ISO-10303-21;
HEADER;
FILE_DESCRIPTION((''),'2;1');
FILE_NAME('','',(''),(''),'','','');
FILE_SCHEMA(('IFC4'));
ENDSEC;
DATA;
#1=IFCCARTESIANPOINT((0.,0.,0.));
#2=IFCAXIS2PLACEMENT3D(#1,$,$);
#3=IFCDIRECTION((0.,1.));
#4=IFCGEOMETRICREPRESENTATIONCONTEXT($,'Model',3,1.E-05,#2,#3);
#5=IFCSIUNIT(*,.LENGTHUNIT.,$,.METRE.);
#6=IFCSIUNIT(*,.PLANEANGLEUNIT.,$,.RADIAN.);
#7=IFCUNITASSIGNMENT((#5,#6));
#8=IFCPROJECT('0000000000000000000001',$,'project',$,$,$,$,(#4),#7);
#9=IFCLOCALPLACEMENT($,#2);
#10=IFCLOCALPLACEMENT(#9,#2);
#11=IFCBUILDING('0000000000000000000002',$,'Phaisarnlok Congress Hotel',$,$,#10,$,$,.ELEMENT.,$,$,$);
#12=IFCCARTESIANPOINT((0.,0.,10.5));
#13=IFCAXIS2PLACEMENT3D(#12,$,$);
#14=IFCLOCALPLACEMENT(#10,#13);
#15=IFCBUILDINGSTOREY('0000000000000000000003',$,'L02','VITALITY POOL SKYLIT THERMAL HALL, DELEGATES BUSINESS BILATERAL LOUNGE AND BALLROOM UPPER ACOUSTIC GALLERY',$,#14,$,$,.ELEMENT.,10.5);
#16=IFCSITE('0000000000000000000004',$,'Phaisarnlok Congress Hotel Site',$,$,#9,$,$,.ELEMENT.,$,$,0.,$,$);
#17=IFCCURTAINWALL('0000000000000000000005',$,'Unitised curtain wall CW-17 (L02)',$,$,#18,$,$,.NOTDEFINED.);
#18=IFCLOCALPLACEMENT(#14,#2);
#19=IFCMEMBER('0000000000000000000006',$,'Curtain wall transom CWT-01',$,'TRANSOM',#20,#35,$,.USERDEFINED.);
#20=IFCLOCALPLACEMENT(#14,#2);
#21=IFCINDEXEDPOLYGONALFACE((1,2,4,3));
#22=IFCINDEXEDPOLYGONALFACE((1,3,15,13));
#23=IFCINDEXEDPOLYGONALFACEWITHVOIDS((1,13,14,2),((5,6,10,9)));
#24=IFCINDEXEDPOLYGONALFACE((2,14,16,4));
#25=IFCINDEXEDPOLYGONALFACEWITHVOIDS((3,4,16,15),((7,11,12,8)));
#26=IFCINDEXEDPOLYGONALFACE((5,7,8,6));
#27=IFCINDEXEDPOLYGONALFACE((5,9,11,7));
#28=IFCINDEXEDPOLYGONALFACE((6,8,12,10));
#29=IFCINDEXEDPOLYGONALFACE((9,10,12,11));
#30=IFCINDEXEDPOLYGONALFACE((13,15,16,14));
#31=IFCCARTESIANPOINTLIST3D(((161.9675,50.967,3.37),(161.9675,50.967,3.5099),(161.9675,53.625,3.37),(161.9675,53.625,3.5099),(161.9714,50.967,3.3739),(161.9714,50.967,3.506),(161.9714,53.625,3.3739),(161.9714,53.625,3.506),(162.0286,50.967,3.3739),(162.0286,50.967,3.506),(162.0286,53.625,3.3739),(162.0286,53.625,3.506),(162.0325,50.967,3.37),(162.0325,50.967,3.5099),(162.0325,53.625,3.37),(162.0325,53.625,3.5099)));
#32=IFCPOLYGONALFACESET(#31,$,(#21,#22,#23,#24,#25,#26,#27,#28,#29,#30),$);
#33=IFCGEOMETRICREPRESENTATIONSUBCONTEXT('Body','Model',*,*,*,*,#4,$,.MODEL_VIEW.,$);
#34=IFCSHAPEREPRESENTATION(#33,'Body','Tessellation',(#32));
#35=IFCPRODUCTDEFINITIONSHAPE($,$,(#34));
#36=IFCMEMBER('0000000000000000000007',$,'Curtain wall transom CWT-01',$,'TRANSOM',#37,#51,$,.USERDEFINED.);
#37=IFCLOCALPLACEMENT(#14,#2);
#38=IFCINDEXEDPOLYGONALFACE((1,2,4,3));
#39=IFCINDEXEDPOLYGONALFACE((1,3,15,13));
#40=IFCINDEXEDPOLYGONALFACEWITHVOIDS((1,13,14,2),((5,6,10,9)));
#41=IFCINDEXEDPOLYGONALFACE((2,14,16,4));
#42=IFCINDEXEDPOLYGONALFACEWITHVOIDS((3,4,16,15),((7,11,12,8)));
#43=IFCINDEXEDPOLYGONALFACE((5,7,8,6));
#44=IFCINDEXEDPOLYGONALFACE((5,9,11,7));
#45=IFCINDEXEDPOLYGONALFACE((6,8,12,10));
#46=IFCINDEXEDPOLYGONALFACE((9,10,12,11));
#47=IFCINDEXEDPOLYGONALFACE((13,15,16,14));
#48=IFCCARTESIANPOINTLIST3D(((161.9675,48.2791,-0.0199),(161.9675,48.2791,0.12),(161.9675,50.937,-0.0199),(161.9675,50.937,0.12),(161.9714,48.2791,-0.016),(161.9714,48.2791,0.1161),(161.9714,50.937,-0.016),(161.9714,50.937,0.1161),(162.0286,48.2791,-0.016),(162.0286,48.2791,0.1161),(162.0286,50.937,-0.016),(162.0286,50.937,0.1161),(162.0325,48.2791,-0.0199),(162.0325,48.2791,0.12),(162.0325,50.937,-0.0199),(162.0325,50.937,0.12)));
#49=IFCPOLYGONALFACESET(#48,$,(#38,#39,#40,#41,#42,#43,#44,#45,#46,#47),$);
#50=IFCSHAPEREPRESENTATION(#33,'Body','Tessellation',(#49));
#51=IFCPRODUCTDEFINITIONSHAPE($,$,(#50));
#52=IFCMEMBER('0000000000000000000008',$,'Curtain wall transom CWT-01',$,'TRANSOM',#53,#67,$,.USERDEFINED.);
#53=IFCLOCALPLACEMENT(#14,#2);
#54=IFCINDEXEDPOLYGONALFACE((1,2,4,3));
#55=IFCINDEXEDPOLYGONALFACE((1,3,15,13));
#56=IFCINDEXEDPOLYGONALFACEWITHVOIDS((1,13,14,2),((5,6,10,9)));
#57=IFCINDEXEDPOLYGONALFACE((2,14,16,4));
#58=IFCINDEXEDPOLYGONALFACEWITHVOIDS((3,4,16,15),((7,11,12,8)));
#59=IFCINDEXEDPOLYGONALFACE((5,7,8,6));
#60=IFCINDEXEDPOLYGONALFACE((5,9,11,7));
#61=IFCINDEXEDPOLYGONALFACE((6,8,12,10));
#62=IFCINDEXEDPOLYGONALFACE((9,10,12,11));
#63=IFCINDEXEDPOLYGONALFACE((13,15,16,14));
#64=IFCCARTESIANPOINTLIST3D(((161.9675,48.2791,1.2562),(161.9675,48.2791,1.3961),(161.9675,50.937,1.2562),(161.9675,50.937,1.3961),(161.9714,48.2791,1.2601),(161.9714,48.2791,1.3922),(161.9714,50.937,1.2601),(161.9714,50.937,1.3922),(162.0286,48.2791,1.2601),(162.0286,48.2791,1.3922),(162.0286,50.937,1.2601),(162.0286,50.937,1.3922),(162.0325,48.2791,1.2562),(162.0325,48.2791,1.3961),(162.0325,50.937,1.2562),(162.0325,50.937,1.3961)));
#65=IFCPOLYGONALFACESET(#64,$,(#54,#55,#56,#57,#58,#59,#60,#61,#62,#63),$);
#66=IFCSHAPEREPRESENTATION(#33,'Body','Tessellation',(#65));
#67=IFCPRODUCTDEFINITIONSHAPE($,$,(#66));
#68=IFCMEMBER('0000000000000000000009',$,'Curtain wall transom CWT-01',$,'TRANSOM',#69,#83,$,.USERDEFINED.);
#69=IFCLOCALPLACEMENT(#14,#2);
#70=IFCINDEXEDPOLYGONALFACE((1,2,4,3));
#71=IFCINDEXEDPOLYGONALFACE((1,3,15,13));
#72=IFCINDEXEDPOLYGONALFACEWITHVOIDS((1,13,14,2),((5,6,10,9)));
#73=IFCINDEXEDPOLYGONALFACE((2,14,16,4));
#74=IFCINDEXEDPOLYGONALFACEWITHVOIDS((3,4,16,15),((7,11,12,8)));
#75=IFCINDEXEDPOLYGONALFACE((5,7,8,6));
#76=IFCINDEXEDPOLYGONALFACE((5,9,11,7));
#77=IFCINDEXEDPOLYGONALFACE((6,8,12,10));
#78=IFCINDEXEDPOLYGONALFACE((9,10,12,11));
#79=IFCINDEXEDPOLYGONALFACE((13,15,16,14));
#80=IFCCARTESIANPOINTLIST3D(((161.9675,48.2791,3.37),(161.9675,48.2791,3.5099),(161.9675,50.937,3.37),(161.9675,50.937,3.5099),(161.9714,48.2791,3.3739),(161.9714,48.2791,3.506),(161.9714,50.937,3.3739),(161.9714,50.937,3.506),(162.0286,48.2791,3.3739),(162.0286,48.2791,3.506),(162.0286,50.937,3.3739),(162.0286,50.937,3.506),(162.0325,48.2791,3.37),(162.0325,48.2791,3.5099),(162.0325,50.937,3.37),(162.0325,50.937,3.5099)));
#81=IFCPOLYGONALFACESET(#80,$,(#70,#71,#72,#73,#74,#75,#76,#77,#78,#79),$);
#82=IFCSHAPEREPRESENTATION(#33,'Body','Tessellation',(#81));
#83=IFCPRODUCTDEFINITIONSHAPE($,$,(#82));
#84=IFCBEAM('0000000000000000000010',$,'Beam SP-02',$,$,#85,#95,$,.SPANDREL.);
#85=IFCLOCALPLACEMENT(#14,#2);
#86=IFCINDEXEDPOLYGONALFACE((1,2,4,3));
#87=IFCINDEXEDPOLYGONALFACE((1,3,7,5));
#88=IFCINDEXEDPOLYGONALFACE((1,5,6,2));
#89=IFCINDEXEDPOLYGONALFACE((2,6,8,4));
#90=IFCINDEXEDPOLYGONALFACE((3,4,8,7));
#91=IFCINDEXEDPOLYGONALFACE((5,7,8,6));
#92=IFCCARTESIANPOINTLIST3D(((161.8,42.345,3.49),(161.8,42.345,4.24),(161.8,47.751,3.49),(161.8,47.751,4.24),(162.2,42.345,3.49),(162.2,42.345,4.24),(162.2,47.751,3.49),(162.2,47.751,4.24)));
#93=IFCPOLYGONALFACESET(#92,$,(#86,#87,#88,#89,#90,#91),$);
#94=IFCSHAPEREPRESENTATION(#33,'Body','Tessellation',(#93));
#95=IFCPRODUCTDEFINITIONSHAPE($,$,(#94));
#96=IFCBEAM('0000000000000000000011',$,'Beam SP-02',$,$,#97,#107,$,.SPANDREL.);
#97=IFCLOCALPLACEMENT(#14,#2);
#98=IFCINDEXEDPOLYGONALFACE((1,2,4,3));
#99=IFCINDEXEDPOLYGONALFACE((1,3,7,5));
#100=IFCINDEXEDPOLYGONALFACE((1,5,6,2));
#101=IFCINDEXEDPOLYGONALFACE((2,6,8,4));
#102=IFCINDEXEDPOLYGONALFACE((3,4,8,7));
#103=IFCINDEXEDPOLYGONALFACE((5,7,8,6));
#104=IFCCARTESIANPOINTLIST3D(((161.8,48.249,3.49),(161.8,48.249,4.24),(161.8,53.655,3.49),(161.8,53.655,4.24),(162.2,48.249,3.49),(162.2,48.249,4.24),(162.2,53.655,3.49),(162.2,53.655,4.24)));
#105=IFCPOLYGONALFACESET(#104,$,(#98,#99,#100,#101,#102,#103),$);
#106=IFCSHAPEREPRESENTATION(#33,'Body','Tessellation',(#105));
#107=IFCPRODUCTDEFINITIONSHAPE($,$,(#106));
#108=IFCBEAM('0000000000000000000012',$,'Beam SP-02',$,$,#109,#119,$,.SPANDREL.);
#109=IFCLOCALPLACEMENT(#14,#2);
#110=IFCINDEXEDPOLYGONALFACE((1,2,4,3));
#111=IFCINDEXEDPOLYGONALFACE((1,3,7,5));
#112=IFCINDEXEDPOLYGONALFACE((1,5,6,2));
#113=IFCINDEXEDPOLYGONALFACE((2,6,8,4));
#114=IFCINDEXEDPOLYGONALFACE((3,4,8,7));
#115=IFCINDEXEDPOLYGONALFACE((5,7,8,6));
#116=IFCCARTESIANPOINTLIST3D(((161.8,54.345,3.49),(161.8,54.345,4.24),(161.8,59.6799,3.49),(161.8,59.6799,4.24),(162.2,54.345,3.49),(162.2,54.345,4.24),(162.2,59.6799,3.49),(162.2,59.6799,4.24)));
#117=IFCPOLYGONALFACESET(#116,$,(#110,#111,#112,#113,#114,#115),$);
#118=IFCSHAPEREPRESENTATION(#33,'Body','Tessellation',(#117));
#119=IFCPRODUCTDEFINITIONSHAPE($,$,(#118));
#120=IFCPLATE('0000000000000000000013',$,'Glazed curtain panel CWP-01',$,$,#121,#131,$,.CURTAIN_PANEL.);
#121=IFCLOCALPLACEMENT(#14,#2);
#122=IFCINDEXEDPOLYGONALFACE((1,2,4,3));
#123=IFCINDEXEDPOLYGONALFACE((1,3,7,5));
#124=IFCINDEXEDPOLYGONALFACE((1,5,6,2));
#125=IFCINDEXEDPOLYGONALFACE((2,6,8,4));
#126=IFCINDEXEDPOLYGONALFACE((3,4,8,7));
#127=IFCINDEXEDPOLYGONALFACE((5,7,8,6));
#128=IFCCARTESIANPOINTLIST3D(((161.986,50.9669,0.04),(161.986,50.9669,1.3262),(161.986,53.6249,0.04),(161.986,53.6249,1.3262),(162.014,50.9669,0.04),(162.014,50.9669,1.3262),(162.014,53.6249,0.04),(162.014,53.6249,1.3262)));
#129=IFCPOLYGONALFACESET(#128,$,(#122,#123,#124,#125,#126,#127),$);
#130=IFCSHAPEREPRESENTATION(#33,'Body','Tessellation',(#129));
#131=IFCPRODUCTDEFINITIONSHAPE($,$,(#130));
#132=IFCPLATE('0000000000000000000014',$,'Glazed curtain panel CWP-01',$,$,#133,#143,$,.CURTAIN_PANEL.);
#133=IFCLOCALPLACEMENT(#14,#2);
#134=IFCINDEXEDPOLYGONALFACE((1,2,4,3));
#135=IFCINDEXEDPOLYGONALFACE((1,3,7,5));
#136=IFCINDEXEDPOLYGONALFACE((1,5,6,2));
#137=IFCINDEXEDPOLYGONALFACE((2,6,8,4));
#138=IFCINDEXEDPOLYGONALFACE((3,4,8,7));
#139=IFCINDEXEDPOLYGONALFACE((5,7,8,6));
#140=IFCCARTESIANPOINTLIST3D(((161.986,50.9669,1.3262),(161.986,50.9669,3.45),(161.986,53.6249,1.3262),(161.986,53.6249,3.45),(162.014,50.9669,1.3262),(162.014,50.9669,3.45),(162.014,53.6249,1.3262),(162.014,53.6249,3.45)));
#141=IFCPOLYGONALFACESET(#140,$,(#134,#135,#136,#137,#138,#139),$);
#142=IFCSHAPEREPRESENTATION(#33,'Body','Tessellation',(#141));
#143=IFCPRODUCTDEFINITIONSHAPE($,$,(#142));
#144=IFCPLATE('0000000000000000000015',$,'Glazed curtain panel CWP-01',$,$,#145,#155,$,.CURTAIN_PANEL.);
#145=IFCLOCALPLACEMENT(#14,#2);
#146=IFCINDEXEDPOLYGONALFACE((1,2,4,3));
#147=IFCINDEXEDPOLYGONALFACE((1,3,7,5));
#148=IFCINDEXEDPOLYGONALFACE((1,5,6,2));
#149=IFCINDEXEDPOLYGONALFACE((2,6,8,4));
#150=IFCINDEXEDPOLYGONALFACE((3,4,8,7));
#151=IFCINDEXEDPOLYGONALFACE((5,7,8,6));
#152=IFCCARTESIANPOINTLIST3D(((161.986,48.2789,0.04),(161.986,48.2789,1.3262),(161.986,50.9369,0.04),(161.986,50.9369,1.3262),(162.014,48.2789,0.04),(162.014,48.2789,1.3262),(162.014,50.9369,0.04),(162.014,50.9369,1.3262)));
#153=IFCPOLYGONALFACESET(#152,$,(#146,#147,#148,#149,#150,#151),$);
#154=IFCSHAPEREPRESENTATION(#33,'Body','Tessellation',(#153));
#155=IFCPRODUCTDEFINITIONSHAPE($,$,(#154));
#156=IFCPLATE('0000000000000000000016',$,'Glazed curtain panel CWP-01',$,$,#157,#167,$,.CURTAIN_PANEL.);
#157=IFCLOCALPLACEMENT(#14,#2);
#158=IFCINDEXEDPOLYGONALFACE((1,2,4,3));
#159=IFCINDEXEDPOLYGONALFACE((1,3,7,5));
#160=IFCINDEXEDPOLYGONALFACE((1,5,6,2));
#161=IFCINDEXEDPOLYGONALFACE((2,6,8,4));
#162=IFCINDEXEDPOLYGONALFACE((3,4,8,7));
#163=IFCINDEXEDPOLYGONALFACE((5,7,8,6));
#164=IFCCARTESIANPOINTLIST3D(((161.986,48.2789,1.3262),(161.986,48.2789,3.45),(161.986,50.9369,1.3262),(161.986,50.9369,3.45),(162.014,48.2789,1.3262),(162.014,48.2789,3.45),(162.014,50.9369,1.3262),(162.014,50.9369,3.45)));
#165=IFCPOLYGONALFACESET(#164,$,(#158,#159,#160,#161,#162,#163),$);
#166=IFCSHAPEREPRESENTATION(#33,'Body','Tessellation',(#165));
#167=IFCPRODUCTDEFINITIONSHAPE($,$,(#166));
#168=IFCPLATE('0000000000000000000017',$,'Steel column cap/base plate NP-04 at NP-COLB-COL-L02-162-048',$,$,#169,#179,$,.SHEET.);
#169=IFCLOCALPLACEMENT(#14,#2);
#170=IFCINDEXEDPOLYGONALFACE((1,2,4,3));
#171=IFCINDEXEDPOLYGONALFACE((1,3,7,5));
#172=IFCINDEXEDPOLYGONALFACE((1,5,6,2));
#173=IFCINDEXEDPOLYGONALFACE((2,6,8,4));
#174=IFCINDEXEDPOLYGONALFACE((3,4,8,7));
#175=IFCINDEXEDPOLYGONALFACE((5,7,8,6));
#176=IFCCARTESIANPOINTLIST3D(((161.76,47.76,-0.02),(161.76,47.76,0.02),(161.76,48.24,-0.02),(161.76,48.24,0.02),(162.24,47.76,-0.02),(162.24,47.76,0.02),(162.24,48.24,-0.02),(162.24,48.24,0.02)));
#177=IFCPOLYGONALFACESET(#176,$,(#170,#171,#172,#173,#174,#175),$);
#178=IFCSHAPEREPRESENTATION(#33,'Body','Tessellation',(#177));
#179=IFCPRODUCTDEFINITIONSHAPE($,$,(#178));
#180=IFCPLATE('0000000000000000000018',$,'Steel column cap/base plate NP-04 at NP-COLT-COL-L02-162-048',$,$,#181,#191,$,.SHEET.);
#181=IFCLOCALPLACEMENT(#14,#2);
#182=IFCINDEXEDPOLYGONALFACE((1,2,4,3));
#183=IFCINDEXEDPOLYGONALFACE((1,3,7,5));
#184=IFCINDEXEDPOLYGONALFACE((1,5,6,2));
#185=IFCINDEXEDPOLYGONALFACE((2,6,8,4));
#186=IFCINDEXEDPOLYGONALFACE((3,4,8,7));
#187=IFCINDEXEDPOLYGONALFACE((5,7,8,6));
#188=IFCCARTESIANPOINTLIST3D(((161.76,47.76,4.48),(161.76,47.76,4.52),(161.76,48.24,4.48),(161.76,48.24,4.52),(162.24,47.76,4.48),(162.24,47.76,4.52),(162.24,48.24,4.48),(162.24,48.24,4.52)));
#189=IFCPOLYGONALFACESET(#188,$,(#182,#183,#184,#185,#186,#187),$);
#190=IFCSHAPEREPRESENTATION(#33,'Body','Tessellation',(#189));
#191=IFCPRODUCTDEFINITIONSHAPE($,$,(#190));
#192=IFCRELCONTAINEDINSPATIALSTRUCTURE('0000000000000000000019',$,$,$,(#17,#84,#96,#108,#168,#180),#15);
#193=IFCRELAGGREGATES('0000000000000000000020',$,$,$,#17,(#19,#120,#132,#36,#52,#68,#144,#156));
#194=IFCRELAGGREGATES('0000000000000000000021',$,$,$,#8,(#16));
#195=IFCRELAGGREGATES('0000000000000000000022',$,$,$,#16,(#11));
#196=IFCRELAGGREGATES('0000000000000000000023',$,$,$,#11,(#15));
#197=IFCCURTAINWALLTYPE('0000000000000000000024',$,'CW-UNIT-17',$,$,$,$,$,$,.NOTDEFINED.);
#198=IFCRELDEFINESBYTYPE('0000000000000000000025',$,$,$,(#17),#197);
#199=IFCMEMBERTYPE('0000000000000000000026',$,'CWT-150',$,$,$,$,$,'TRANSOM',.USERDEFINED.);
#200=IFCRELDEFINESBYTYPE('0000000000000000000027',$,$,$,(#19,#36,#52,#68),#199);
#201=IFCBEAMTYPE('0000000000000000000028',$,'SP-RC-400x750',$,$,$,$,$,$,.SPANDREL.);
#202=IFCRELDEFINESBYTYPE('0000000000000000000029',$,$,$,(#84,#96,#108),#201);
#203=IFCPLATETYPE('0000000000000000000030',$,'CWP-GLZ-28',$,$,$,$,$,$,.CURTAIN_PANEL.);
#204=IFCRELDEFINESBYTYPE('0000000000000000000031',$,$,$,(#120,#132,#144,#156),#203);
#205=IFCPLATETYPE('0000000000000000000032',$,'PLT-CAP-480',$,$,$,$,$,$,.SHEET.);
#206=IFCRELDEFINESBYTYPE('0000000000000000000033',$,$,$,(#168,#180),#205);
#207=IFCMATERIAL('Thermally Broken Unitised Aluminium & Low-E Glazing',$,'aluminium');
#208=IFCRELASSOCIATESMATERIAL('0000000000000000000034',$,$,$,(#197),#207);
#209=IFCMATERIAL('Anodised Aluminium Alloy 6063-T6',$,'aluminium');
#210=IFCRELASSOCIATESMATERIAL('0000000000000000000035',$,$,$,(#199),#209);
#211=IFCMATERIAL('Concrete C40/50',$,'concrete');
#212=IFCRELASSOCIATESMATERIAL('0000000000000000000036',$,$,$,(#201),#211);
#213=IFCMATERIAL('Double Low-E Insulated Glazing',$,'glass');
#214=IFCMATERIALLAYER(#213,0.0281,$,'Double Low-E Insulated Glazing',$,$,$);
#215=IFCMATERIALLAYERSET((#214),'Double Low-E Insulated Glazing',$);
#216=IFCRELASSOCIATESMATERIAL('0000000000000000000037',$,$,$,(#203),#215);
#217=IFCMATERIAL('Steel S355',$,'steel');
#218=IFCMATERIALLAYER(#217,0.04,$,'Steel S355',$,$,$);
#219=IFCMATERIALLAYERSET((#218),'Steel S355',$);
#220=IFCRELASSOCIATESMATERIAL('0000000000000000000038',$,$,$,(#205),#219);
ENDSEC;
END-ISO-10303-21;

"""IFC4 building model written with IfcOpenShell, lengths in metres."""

from ifc_helpers import new_model, si_unit, direction, frame, frame_2d, origin, origin_2d, place, context, subcontext, project, spatial, rectangle, hollow_rectangle, extrude, material, layer, layer_set, material_profile, profile_set, type_object, element, aggregate, save


model = new_model("IFC4")

# Units and contexts
model_context = context("Model", 3, precision=1e-05, world=origin(), true_north=direction((0.0, 1.0)))
body_context = subcontext(model_context, "Body", "Model", "MODEL_VIEW")
ifc_project = project(units=[si_unit("LENGTHUNIT", "METRE"), si_unit("PLANEANGLEUNIT", "RADIAN")], contexts=[model_context])

# Site, building, storey
site_placement = place(None, origin())
site = spatial("IfcSite", under=ifc_project, at=site_placement, Name="Phaisarnlok Congress Hotel Site", CompositionType="ELEMENT", RefElevation=0.0)
building_placement = place(site_placement, origin())
building = spatial("IfcBuilding", under=site, at=building_placement, Name="Phaisarnlok Congress Hotel", CompositionType="ELEMENT")
storey_placement = place(building_placement, frame((0.0, 0.0, 10.5)))
storey = spatial("IfcBuildingStorey", under=building, at=storey_placement, Name="L02", Description="VITALITY POOL SKYLIT THERMAL HALL, DELEGATES BUSINESS BILATERAL LOUNGE AND BALLROOM UPPER ACOUSTIC GALLERY", CompositionType="ELEMENT", Elevation=10.5)

# Shared definitions
ifc_material_1 = material(Name="Steel S355", Category="steel")

# Shared definitions
ifc_material_2 = material(Name="Concrete C40/50", Category="concrete")

# Curtain wall, members
ifc_material_3 = material(Name="Thermally Broken Unitised Aluminium & Low-E Glazing", Category="aluminium")
curtain_wall_type = type_object("IfcCurtainWallType", Name="CW-UNIT-17", PredefinedType="NOTDEFINED", material=ifc_material_3)
curtain_wall_placement = place(storey_placement, origin())
curtain_wall = element("IfcCurtainWall", 1, at=curtain_wall_placement, inside=storey, type_object=curtain_wall_type, Name="Unitised curtain wall CW-17 (L02)", PredefinedType="NOTDEFINED")
ifc_material_4 = material(Name="Anodised Aluminium Alloy 6063-T6", Category="aluminium")
ifc_material_profile_1 = material_profile(ifc_material_4, hollow_rectangle(XDim=0.0649, YDim=0.1399, WallThickness=0.0039, at=origin_2d()), Name="ALU-T 65x140x4")
ifc_profile_set_1 = profile_set([ifc_material_profile_1], Name="Anodised Aluminium Alloy 6063-T6")
member_type_1 = type_object("IfcMemberType", Name="CWT-150", ElementType="TRANSOM", PredefinedType="USERDEFINED", material=ifc_profile_set_1)
member_1_placement = place(storey_placement, frame((162.0, 53.625, 3.4399), z_axis=(0.0, -1.0, 0.0), x_axis=(1.0, 0.0, 0.0)))
member_1 = element("IfcMember", 2, at=member_1_placement, type_object=member_type_1, Name="Curtain wall transom CWT-01", ObjectType="TRANSOM", PredefinedType="USERDEFINED", context=body_context, shape_type="SweptSolid", body=[
    extrude(hollow_rectangle(XDim=0.0649, YDim=0.1399, WallThickness=0.0039, at=origin_2d()), origin(), (0.0, 0.0, 1.0), 2.658),
])
member_2_placement = place(storey_placement, frame((162.0, 50.937, 0.05), z_axis=(0.0, -1.0, 0.0), x_axis=(1.0, 0.0, 0.0)))
member_2 = element("IfcMember", 3, at=member_2_placement, type_object=member_type_1, Name="Curtain wall transom CWT-01", ObjectType="TRANSOM", PredefinedType="USERDEFINED", context=body_context, shape_type="SweptSolid", body=[
    extrude(hollow_rectangle(XDim=0.0649, YDim=0.1399, WallThickness=0.0039, at=origin_2d()), origin(), (0.0, 0.0, 1.0), 2.658),
])
member_3_placement = place(storey_placement, frame((162.0, 50.937, 1.3262), z_axis=(0.0, -1.0, 0.0), x_axis=(1.0, 0.0, 0.0)))
member_3 = element("IfcMember", 4, at=member_3_placement, type_object=member_type_1, Name="Curtain wall transom CWT-01", ObjectType="TRANSOM", PredefinedType="USERDEFINED", context=body_context, shape_type="SweptSolid", body=[
    extrude(hollow_rectangle(XDim=0.0649, YDim=0.1399, WallThickness=0.0039, at=origin_2d()), origin(), (0.0, 0.0, 1.0), 2.658),
])
member_4_placement = place(storey_placement, frame((162.0, 50.937, 3.4399), z_axis=(0.0, -1.0, 0.0), x_axis=(1.0, 0.0, 0.0)))
member_4 = element("IfcMember", 5, at=member_4_placement, type_object=member_type_1, Name="Curtain wall transom CWT-01", ObjectType="TRANSOM", PredefinedType="USERDEFINED", context=body_context, shape_type="SweptSolid", body=[
    extrude(hollow_rectangle(XDim=0.0649, YDim=0.1399, WallThickness=0.0039, at=origin_2d()), origin(), (0.0, 0.0, 1.0), 2.658),
])

# Beams
ifc_material_profile_2 = material_profile(ifc_material_2, rectangle(XDim=0.3999, YDim=0.75, at=origin_2d()), Name="RC 400x750")
ifc_profile_set_2 = profile_set([ifc_material_profile_2], Name="Concrete C40/50")
beam_type_1 = type_object("IfcBeamType", Name="SP-RC-400x750", PredefinedType="SPANDREL", material=ifc_profile_set_2)
for number, where, z_axis, x_axis, name in (
    (6, (162.0, 42.345, 3.865), (0.0, 1.0, 0.0), (-1.0, 0.0, 0.0), "Beam SP-02"),
    (7, (162.0, 48.249, 3.865), (0.0, 1.0, 0.0), (-1.0, 0.0, 0.0), "Beam SP-02"),
):
    element("IfcBeam", number, at=place(storey_placement, frame(where, z_axis=z_axis, x_axis=x_axis)), inside=storey, type_object=beam_type_1, Name=name, PredefinedType="SPANDREL", context=body_context, shape_type="SweptSolid", body=[
        extrude(rectangle(XDim=0.3999, YDim=0.75, at=origin_2d()), origin(), (0.0, 0.0, 1.0), 5.406),
    ])
beam_1_placement = place(storey_placement, frame((162.0, 54.345, 3.865), z_axis=(0.0, 1.0, 0.0), x_axis=(-1.0, 0.0, 0.0)))
element("IfcBeam", 8, at=beam_1_placement, inside=storey, type_object=beam_type_1, Name="Beam SP-02", PredefinedType="SPANDREL", context=body_context, shape_type="SweptSolid", body=[
    extrude(rectangle(XDim=0.3999, YDim=0.75, at=origin_2d()), origin(), (0.0, 0.0, 1.0), 5.335),
])

# Plates
ifc_material_5 = material(Name="Double Low-E Insulated Glazing", Category="glass")
ifc_layer_1 = layer(ifc_material_5, 0.0281, Name="Double Low-E Insulated Glazing")
ifc_layer_set_1 = layer_set([ifc_layer_1], Name="Double Low-E Insulated Glazing")
plate_type_1 = type_object("IfcPlateType", Name="CWP-GLZ-28", PredefinedType="CURTAIN_PANEL", material=ifc_layer_set_1)
plate_1_placement = place(storey_placement, frame((162.0, 53.625, 0.04), z_axis=(0.0, 0.0, 1.0), x_axis=(0.0, -1.0, 0.0)))
plate_1 = element("IfcPlate", 9, at=plate_1_placement, type_object=plate_type_1, Name="Glazed curtain panel CWP-01", PredefinedType="CURTAIN_PANEL", context=body_context, shape_type="SweptSolid", body=[
    extrude(rectangle(XDim=2.658, YDim=0.0281, at=frame_2d((1.3291, 0.0))), origin(), (0.0, 0.0, 1.0), 1.2861),
])
plate_2_placement = place(storey_placement, frame((162.0, 53.625, 1.3262), z_axis=(0.0, 0.0, 1.0), x_axis=(0.0, -1.0, 0.0)))
plate_2 = element("IfcPlate", 10, at=plate_2_placement, type_object=plate_type_1, Name="Glazed curtain panel CWP-01", PredefinedType="CURTAIN_PANEL", context=body_context, shape_type="SweptSolid", body=[
    extrude(rectangle(XDim=2.658, YDim=0.0281, at=frame_2d((1.3291, 0.0))), origin(), (0.0, 0.0, 1.0), 2.1238),
])
plate_3_placement = place(storey_placement, frame((162.0, 50.937, 0.04), z_axis=(0.0, 0.0, 1.0), x_axis=(0.0, -1.0, 0.0)))
plate_3 = element("IfcPlate", 11, at=plate_3_placement, type_object=plate_type_1, Name="Glazed curtain panel CWP-01", PredefinedType="CURTAIN_PANEL", context=body_context, shape_type="SweptSolid", body=[
    extrude(rectangle(XDim=2.658, YDim=0.0281, at=frame_2d((1.3291, 0.0))), origin(), (0.0, 0.0, 1.0), 1.2861),
])
plate_4_placement = place(storey_placement, frame((162.0, 50.937, 1.3262), z_axis=(0.0, 0.0, 1.0), x_axis=(0.0, -1.0, 0.0)))
plate_4 = element("IfcPlate", 12, at=plate_4_placement, type_object=plate_type_1, Name="Glazed curtain panel CWP-01", PredefinedType="CURTAIN_PANEL", context=body_context, shape_type="SweptSolid", body=[
    extrude(rectangle(XDim=2.658, YDim=0.0281, at=frame_2d((1.3291, 0.0))), origin(), (0.0, 0.0, 1.0), 2.1238),
])
aggregate(curtain_wall, [member_1, plate_1, plate_2, member_2, member_3, member_4, plate_3, plate_4])

# Plates
ifc_layer_2 = layer(ifc_material_1, 0.04, Name="Steel S355")
ifc_layer_set_2 = layer_set([ifc_layer_2], Name="Steel S355")
plate_type_2 = type_object("IfcPlateType", Name="PLT-CAP-480", PredefinedType="SHEET", material=ifc_layer_set_2)
for number, where, z_axis, x_axis, name in (
    (13, (162.0, 48.0, -0.02), (0.0, 0.0, 1.0), (1.0, 0.0, 0.0), "Steel column cap/base plate NP-04 at NP-COLB-COL-L02-162-048"),
    (14, (162.0, 48.0, 4.48), (0.0, 0.0, 1.0), (1.0, 0.0, 0.0), "Steel column cap/base plate NP-04 at NP-COLT-COL-L02-162-048"),
):
    element("IfcPlate", number, at=place(storey_placement, frame(where, z_axis=z_axis, x_axis=x_axis)), inside=storey, type_object=plate_type_2, Name=name, PredefinedType="SHEET", context=body_context, shape_type="SweptSolid", body=[
        extrude(rectangle(XDim=0.48, YDim=0.48, at=origin_2d()), origin(), (0.0, 0.0, 1.0), 0.04),
    ])

save(model, "model.ifc")
